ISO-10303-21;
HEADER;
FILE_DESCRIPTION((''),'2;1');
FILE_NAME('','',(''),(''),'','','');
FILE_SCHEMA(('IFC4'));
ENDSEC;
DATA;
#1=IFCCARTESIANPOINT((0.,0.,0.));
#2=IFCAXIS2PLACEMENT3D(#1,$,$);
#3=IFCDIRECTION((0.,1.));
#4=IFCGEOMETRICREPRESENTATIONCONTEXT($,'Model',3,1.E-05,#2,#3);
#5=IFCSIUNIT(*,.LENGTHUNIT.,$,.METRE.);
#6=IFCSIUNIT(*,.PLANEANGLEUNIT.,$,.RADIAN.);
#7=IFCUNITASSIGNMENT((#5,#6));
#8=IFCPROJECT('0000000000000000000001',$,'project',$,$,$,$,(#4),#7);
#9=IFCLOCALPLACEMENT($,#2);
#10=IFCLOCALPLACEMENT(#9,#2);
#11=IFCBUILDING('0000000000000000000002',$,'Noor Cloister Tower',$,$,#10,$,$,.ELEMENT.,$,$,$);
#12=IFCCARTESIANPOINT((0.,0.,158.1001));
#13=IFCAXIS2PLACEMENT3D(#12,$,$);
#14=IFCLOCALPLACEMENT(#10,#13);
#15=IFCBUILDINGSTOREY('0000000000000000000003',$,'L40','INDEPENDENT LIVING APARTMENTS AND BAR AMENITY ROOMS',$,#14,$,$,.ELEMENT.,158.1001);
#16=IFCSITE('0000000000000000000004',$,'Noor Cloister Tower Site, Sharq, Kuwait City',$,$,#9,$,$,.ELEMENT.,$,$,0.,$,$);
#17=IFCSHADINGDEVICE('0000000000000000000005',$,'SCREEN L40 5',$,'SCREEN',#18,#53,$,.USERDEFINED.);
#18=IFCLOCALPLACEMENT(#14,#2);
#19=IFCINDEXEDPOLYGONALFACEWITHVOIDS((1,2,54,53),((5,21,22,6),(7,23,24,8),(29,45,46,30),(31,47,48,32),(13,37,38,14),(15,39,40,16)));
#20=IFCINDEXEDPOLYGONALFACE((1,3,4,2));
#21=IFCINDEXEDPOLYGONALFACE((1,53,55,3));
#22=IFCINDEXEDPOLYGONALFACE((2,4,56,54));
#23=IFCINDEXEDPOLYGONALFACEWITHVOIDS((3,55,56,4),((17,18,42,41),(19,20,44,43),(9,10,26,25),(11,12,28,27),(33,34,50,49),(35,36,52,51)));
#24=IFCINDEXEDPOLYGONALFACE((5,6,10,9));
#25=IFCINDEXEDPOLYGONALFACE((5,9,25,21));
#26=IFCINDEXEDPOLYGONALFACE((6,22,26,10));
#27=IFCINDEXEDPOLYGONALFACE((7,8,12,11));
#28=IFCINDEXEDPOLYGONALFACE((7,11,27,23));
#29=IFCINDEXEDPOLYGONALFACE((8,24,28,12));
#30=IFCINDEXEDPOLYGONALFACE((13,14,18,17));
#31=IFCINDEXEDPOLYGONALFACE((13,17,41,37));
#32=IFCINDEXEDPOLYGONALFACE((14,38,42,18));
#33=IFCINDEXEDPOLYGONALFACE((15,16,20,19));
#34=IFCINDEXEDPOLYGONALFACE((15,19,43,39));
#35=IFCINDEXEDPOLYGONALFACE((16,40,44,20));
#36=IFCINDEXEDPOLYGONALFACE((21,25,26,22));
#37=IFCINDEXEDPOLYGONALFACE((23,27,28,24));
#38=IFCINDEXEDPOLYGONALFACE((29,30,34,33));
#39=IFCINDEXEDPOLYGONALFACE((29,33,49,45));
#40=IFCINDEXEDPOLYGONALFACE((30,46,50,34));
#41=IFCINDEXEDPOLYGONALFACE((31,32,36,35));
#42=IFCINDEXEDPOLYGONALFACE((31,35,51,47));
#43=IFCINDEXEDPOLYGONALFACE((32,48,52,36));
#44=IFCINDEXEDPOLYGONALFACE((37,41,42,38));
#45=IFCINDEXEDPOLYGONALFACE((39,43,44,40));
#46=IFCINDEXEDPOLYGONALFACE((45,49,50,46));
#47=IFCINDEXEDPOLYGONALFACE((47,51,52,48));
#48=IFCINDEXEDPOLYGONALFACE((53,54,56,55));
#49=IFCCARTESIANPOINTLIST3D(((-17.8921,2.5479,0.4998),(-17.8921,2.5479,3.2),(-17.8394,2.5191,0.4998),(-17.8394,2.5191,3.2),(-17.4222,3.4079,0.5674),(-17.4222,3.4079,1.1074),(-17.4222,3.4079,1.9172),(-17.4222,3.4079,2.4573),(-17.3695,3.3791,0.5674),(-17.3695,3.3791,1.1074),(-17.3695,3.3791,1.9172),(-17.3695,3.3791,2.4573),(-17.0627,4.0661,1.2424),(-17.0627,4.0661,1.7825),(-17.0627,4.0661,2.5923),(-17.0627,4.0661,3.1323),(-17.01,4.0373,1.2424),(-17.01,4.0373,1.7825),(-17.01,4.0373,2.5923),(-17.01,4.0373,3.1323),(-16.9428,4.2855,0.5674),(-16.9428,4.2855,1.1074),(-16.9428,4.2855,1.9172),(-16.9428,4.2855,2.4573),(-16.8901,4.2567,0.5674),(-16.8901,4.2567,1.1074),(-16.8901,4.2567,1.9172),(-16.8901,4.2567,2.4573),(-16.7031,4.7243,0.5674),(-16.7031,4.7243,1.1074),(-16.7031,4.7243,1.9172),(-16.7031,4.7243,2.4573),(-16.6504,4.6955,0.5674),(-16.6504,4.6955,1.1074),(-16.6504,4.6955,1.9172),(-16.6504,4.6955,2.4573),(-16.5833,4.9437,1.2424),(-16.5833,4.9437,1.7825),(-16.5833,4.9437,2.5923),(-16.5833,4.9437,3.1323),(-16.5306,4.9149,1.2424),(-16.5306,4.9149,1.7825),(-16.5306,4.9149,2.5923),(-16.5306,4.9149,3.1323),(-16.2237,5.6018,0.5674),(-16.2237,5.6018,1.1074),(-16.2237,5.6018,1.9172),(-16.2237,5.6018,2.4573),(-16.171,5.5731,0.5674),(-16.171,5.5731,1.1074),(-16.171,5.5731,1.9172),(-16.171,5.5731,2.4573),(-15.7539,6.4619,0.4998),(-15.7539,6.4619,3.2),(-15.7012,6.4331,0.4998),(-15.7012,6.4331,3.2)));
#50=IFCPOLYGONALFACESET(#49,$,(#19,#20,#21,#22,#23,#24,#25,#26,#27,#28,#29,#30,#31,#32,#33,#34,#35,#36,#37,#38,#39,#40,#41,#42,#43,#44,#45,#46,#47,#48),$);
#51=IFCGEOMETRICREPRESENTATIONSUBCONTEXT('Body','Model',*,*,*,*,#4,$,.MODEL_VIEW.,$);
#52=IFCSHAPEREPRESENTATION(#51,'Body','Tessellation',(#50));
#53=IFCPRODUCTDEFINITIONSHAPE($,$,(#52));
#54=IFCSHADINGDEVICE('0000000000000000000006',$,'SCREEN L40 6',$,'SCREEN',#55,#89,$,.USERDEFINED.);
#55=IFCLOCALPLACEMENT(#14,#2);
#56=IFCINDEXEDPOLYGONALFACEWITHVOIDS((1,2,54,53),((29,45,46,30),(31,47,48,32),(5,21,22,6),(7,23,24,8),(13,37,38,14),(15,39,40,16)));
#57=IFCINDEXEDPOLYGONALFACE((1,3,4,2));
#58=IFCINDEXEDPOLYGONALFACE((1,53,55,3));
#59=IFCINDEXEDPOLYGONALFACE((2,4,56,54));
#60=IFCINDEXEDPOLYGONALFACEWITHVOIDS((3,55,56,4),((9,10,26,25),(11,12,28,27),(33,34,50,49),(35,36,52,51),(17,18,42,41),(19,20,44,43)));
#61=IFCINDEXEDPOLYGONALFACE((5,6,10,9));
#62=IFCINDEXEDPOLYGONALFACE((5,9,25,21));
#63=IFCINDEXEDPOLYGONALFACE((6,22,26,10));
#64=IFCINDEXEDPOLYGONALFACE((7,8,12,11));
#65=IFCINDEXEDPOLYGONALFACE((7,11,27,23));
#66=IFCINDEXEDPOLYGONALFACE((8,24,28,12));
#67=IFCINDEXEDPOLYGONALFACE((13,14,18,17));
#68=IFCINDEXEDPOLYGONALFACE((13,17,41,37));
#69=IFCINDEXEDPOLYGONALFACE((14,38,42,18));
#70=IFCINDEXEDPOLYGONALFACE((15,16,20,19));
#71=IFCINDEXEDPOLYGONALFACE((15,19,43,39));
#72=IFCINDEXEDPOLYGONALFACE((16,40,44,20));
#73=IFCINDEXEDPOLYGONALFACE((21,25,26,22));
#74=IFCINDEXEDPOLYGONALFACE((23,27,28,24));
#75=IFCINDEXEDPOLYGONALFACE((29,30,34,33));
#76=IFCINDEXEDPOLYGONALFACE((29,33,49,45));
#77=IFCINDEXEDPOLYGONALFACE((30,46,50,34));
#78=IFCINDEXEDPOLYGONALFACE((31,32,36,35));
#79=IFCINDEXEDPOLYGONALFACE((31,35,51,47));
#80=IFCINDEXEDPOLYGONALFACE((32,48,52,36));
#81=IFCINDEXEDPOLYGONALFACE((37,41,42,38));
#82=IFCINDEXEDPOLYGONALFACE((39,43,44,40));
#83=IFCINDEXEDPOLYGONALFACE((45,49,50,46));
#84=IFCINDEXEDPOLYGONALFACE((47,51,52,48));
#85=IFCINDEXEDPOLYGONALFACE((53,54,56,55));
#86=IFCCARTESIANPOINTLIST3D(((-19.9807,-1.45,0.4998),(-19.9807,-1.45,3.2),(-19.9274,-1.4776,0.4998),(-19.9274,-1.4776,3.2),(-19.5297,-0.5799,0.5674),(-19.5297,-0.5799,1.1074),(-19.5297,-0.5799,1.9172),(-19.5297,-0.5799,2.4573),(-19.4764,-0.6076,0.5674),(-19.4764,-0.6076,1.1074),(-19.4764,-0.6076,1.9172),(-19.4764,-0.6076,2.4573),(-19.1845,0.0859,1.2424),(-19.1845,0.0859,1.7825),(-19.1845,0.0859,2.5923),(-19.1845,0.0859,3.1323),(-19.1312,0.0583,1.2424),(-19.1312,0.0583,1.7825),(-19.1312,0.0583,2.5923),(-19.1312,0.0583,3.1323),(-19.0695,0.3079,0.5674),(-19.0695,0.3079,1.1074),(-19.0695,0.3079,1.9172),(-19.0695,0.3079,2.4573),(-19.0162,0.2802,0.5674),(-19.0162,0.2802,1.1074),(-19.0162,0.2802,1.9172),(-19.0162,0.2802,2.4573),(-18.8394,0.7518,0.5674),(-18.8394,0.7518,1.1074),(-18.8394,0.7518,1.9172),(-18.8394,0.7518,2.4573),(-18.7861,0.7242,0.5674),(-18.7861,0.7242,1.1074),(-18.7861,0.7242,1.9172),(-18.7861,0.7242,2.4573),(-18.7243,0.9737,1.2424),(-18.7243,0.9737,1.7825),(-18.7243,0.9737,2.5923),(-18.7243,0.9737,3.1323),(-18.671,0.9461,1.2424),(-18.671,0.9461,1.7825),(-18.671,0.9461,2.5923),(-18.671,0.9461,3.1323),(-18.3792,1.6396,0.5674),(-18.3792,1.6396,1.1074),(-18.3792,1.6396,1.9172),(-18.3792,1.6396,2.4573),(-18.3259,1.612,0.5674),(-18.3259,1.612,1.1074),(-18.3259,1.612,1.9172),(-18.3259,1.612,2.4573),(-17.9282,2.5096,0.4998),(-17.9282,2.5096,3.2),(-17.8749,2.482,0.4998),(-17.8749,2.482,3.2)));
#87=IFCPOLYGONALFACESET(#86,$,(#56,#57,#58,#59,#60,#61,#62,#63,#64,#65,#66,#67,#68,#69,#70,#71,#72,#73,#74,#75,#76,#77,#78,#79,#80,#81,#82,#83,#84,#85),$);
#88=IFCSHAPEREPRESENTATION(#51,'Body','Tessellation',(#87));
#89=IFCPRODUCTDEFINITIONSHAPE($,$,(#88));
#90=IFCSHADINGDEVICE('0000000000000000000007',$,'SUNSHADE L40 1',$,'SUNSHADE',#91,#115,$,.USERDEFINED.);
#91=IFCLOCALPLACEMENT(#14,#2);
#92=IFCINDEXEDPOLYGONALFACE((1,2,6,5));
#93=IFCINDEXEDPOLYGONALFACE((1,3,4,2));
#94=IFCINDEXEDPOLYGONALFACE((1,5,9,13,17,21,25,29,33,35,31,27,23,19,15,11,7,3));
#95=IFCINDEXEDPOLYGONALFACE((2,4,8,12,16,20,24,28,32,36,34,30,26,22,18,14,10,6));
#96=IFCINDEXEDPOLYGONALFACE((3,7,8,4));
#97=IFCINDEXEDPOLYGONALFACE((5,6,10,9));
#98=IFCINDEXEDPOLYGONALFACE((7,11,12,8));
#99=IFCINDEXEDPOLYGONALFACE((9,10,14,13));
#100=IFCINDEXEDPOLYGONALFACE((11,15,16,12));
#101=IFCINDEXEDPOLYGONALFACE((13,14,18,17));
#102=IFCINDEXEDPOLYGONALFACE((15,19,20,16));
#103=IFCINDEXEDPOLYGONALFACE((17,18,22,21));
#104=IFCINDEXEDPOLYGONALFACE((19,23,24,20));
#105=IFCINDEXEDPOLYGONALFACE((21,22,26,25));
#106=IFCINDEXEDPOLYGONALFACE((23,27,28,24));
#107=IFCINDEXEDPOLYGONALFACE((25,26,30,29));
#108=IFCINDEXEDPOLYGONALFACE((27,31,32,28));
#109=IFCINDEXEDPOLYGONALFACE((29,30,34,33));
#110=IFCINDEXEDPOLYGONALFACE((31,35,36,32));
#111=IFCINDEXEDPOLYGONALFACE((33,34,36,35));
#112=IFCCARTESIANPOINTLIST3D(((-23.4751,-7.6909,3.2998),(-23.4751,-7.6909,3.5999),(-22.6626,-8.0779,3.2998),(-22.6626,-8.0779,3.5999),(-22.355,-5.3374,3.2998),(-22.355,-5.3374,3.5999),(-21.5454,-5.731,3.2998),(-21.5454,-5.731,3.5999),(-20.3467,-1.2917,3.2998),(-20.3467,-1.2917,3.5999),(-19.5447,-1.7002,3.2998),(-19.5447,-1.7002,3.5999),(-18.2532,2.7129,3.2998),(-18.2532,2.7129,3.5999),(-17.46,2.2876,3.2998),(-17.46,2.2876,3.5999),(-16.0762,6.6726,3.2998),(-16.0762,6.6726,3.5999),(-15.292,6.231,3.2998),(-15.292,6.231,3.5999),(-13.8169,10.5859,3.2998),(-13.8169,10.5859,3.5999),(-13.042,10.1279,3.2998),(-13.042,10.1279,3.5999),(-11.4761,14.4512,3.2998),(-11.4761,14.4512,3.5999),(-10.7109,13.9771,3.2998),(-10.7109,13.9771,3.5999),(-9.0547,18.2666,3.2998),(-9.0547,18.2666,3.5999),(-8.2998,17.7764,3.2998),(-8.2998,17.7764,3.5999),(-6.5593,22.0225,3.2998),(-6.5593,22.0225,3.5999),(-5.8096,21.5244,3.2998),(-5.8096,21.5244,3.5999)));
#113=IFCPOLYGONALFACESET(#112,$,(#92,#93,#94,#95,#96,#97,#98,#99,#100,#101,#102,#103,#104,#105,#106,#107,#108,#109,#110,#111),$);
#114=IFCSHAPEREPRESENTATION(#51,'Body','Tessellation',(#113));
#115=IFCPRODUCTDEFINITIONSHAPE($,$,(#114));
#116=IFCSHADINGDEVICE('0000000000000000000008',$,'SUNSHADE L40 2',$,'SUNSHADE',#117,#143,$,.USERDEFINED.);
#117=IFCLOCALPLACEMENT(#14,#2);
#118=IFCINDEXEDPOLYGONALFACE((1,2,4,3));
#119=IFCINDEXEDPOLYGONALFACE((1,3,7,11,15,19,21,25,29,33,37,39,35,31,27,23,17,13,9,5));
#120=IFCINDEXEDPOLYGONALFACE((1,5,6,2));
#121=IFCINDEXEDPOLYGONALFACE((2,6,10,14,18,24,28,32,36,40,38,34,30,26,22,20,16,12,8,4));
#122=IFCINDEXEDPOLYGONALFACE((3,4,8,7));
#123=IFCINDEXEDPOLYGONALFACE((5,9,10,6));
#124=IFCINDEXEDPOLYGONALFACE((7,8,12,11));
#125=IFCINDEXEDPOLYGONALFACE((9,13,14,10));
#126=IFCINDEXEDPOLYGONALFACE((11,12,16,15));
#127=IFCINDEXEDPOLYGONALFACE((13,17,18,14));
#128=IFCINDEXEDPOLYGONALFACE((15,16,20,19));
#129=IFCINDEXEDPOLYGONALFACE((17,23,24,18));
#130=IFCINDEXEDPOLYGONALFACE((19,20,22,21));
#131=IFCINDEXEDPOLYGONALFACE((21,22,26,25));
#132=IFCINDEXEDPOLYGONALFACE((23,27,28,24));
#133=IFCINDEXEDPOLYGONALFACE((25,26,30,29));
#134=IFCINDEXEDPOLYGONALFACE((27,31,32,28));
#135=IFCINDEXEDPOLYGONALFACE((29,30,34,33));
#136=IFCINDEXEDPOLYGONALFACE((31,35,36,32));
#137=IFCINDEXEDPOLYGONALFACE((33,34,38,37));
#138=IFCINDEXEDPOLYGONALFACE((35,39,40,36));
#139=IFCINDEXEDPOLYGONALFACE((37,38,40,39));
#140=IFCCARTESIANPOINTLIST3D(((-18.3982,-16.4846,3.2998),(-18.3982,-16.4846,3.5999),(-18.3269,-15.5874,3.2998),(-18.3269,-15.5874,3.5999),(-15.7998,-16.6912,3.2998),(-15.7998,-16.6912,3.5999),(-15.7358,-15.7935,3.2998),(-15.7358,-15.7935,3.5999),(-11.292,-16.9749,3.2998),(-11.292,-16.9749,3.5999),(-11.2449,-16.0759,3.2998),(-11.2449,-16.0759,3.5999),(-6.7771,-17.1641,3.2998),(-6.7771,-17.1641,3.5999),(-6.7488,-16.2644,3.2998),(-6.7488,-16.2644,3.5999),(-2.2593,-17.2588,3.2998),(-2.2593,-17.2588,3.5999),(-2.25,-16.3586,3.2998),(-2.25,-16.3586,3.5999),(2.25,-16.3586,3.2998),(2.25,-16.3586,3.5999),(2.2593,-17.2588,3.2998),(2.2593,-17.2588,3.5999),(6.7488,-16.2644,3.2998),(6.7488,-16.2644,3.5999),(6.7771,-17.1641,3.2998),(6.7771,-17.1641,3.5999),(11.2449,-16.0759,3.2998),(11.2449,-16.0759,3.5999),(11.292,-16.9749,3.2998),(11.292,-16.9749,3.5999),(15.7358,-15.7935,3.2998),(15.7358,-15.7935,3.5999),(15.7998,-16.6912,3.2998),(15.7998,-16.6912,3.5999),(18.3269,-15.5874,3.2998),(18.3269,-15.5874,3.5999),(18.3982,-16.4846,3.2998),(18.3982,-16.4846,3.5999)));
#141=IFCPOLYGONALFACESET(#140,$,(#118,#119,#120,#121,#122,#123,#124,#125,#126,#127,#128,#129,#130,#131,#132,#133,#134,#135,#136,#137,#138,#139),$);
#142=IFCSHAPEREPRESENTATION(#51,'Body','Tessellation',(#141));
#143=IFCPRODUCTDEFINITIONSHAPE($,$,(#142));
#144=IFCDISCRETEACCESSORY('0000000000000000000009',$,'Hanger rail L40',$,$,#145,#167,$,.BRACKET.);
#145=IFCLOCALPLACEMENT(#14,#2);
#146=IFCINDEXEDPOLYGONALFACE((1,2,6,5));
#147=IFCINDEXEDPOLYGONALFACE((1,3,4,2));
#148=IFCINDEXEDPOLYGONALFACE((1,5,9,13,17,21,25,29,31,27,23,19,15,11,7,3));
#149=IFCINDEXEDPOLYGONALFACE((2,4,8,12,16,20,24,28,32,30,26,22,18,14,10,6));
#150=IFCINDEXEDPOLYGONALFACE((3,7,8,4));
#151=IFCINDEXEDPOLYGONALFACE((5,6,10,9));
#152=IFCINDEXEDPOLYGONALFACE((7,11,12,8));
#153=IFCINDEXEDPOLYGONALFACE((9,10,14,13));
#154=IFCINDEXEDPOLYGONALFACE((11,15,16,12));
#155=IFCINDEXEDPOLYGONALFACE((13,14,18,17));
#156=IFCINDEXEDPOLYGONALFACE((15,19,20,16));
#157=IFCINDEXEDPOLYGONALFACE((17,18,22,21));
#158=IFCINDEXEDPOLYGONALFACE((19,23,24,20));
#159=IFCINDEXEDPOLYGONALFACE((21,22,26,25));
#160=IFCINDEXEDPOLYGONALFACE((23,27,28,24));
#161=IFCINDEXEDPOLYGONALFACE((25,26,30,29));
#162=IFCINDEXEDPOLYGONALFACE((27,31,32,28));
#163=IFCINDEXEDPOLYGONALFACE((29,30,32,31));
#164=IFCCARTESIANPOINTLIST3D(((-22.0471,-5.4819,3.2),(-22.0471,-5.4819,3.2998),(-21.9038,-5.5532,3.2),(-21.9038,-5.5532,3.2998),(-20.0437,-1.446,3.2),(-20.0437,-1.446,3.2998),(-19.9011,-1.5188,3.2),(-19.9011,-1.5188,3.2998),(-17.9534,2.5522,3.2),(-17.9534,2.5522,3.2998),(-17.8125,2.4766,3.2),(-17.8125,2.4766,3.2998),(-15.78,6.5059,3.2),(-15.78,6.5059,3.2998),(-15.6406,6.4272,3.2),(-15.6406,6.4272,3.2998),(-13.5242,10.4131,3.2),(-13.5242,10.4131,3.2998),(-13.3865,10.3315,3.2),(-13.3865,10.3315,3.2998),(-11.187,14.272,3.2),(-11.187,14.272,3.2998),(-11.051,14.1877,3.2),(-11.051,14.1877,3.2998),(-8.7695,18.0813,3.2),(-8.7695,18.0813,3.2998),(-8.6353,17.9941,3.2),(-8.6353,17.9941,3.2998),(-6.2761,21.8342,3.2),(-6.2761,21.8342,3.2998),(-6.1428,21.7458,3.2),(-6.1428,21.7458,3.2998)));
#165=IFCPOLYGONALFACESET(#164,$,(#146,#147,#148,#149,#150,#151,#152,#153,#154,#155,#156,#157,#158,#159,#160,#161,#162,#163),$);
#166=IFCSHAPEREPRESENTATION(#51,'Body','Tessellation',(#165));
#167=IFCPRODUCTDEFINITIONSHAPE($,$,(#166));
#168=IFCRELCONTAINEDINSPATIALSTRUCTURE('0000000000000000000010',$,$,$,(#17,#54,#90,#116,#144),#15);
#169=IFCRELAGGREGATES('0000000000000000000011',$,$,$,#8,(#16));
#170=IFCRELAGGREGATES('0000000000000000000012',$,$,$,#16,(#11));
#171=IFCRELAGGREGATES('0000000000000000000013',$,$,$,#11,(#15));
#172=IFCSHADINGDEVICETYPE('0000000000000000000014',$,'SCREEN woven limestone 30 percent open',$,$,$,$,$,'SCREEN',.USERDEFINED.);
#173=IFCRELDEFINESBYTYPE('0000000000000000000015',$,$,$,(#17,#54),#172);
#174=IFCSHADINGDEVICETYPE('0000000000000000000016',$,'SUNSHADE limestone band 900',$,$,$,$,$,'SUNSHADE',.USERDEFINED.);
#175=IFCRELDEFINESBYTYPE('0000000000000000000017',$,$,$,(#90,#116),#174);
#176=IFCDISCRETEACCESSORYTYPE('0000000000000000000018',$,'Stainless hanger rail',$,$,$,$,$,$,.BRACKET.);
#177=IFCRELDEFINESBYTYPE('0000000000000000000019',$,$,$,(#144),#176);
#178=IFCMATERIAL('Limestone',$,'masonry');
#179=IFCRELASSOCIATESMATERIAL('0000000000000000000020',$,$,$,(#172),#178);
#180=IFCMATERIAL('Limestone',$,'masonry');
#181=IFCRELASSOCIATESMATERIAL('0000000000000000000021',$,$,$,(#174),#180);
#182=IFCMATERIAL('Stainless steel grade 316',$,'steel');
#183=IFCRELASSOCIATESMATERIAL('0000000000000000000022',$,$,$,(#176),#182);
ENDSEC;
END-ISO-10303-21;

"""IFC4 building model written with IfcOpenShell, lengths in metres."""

from ifc_helpers import new_model, si_unit, direction, frame, origin, place, context, subcontext, project, spatial, polyline, outline, extrude, material, material_profile, profile_set, type_object, element, save


model = new_model("IFC4")

# Units and contexts
model_context = context("Model", 3, precision=1e-05, world=origin(), true_north=direction((0.0, 1.0)))
body_context = subcontext(model_context, "Body", "Model", "MODEL_VIEW")
ifc_project = project(units=[si_unit("LENGTHUNIT", "METRE"), si_unit("PLANEANGLEUNIT", "RADIAN")], contexts=[model_context])

# Site, building, storey
site_placement = place(None, origin())
site = spatial("IfcSite", under=ifc_project, at=site_placement, Name="Noor Cloister Tower Site, Sharq, Kuwait City", CompositionType="ELEMENT", RefElevation=0.0)
building_placement = place(site_placement, origin())
building = spatial("IfcBuilding", under=site, at=building_placement, Name="Noor Cloister Tower", CompositionType="ELEMENT")
storey_placement = place(building_placement, frame((0.0, 0.0, 158.1001)))
storey = spatial("IfcBuildingStorey", under=building, at=storey_placement, Name="L40", Description="INDEPENDENT LIVING APARTMENTS AND BAR AMENITY ROOMS", CompositionType="ELEMENT", Elevation=158.1001)

# Shading devices
ifc_material_1 = material(Name="Limestone", Category="masonry")
ifc_material_profile_1 = material_profile(ifc_material_1, outline(polyline([(-2.23, -1.3501), (2.23, -1.3501), (2.23, 1.3501), (-2.23, 1.3501), (-2.23, -1.3501)]), holes=[polyline([(-1.25, -1.2825), (-0.25, -1.2825), (-0.25, -0.7424), (-1.25, -0.7424), (-1.25, -1.2825)]), polyline([(0.25, -1.2825), (1.25, -1.2825), (1.25, -0.7424), (0.25, -0.7424), (0.25, -1.2825)]), polyline([(-0.5, -0.6074), (0.5, -0.6074), (0.5, -0.0674), (-0.5, -0.0674), (-0.5, -0.6074)]), polyline([(-1.25, 0.0674), (-0.25, 0.0674), (-0.25, 0.6074), (-1.25, 0.6074), (-1.25, 0.0674)]), polyline([(0.25, 0.0674), (1.25, 0.0674), (1.25, 0.6074), (0.25, 0.6074), (0.25, 0.0674)]), polyline([(-0.5, 0.7424), (0.5, 0.7424), (0.5, 1.2825), (-0.5, 1.2825), (-0.5, 0.7424)])]), Name="Woven screen 30 percent open")
ifc_profile_set_1 = profile_set([ifc_material_profile_1], Name="Limestone")
shading_device_type_1 = type_object("IfcShadingDeviceType", Name="SCREEN woven limestone 30 percent open", ElementType="SCREEN", PredefinedType="USERDEFINED", material=ifc_profile_set_1)
for number, where, z_axis, x_axis, name in (
    (1, (-16.7703, 4.4761, 1.8499), (-0.877585, 0.479421, 0.0), (-0.479421, -0.877585, 0.0), "SCREEN L40 5"),
    (2, (-18.9011, 0.5022, 1.8499), (-0.887816, 0.460198, 0.0), (-0.460198, -0.887816, 0.0), "SCREEN L40 6"),
):
    element("IfcShadingDevice", number, at=place(storey_placement, frame(where, z_axis=z_axis, x_axis=x_axis)), inside=storey, type_object=shading_device_type_1, Name=name, ObjectType="SCREEN", PredefinedType="USERDEFINED", context=body_context, shape_type="SweptSolid", body=[
        extrude(outline(polyline([(-2.23, -1.3501), (2.23, -1.3501), (2.23, 1.3501), (-2.23, 1.3501), (-2.23, -1.3501)]), holes=[polyline([(-1.25, -1.2825), (-0.25, -1.2825), (-0.25, -0.7424), (-1.25, -0.7424), (-1.25, -1.2825)]), polyline([(0.25, -1.2825), (1.25, -1.2825), (1.25, -0.7424), (0.25, -0.7424), (0.25, -1.2825)]), polyline([(-0.5, -0.6074), (0.5, -0.6074), (0.5, -0.0674), (-0.5, -0.0674), (-0.5, -0.6074)]), polyline([(-1.25, 0.0674), (-0.25, 0.0674), (-0.25, 0.6074), (-1.25, 0.6074), (-1.25, 0.0674)]), polyline([(0.25, 0.0674), (1.25, 0.0674), (1.25, 0.6074), (0.25, 0.6074), (0.25, 0.0674)]), polyline([(-0.5, 0.7424), (0.5, 0.7424), (0.5, 1.2825), (-0.5, 1.2825), (-0.5, 0.7424)])]), origin(), (0.0, 0.0, 1.0), 0.0601),
    ])
ifc_material_2 = material(Name="Limestone", Category="masonry")
shading_device_type_2 = type_object("IfcShadingDeviceType", Name="SUNSHADE limestone band 900", ElementType="SUNSHADE", PredefinedType="USERDEFINED", material=ifc_material_2)
shading_device_1_placement = place(storey_placement, frame((0.0, 0.0, 3.2998)))
element("IfcShadingDevice", 3, at=shading_device_1_placement, inside=storey, type_object=shading_device_type_2, Name="SUNSHADE L40 1", ObjectType="SUNSHADE", PredefinedType="USERDEFINED", context=body_context, shape_type="SweptSolid", body=[
    extrude(outline(polyline([(-6.5593, 22.0225), (-9.0547, 18.2666), (-11.4761, 14.4512), (-13.8169, 10.5859), (-16.0762, 6.6726), (-18.2532, 2.7129), (-20.3467, -1.2917), (-22.355, -5.3374), (-23.4751, -7.6909), (-22.6626, -8.0779), (-21.5454, -5.731), (-19.5447, -1.7002), (-17.46, 2.2876), (-15.292, 6.231), (-13.042, 10.1279), (-10.7109, 13.9771), (-8.2998, 17.7764), (-5.8096, 21.5244), (-6.5593, 22.0225)])), origin(), (0.0, 0.0, 1.0), 0.3),
])
shading_device_2_placement = place(storey_placement, frame((0.0, 0.0, 3.2998)))
element("IfcShadingDevice", 4, at=shading_device_2_placement, inside=storey, type_object=shading_device_type_2, Name="SUNSHADE L40 2", ObjectType="SUNSHADE", PredefinedType="USERDEFINED", context=body_context, shape_type="SweptSolid", body=[
    extrude(outline(polyline([(-18.3982, -16.4846), (-15.7998, -16.6912), (-11.292, -16.9749), (-6.7771, -17.1641), (-2.2593, -17.2588), (2.2593, -17.2588), (6.7771, -17.1641), (11.292, -16.9749), (15.7998, -16.6912), (18.3982, -16.4846), (18.3269, -15.5874), (15.7358, -15.7935), (11.2449, -16.0759), (6.7488, -16.2644), (2.25, -16.3586), (-2.25, -16.3586), (-6.7488, -16.2644), (-11.2449, -16.0759), (-15.7358, -15.7935), (-18.3269, -15.5874), (-18.3982, -16.4846)])), origin(), (0.0, 0.0, 1.0), 0.3),
])

# Discrete accessory
ifc_material_3 = material(Name="Stainless steel grade 316", Category="steel")
discrete_accessory_type = type_object("IfcDiscreteAccessoryType", Name="Stainless hanger rail", PredefinedType="BRACKET", material=ifc_material_3)
discrete_accessory_1_placement = place(storey_placement, frame((0.0, 0.0, 3.2)))
element("IfcDiscreteAccessory", 5, at=discrete_accessory_1_placement, inside=storey, type_object=discrete_accessory_type, Name="Hanger rail L40", PredefinedType="BRACKET", context=body_context, shape_type="SweptSolid", body=[
    extrude(outline(polyline([(-6.2761, 21.8342), (-8.7695, 18.0813), (-11.187, 14.272), (-13.5242, 10.4131), (-15.78, 6.5059), (-17.9534, 2.5522), (-20.0437, -1.446), (-22.0471, -5.4819), (-21.9038, -5.5532), (-19.9011, -1.5188), (-17.8125, 2.4766), (-15.6406, 6.4272), (-13.3865, 10.3315), (-11.051, 14.1877), (-8.6353, 17.9941), (-6.1428, 21.7458), (-6.2761, 21.8342)])), origin(), (0.0, 0.0, 1.0), 0.0999),
])

save(model, "model.ifc")
